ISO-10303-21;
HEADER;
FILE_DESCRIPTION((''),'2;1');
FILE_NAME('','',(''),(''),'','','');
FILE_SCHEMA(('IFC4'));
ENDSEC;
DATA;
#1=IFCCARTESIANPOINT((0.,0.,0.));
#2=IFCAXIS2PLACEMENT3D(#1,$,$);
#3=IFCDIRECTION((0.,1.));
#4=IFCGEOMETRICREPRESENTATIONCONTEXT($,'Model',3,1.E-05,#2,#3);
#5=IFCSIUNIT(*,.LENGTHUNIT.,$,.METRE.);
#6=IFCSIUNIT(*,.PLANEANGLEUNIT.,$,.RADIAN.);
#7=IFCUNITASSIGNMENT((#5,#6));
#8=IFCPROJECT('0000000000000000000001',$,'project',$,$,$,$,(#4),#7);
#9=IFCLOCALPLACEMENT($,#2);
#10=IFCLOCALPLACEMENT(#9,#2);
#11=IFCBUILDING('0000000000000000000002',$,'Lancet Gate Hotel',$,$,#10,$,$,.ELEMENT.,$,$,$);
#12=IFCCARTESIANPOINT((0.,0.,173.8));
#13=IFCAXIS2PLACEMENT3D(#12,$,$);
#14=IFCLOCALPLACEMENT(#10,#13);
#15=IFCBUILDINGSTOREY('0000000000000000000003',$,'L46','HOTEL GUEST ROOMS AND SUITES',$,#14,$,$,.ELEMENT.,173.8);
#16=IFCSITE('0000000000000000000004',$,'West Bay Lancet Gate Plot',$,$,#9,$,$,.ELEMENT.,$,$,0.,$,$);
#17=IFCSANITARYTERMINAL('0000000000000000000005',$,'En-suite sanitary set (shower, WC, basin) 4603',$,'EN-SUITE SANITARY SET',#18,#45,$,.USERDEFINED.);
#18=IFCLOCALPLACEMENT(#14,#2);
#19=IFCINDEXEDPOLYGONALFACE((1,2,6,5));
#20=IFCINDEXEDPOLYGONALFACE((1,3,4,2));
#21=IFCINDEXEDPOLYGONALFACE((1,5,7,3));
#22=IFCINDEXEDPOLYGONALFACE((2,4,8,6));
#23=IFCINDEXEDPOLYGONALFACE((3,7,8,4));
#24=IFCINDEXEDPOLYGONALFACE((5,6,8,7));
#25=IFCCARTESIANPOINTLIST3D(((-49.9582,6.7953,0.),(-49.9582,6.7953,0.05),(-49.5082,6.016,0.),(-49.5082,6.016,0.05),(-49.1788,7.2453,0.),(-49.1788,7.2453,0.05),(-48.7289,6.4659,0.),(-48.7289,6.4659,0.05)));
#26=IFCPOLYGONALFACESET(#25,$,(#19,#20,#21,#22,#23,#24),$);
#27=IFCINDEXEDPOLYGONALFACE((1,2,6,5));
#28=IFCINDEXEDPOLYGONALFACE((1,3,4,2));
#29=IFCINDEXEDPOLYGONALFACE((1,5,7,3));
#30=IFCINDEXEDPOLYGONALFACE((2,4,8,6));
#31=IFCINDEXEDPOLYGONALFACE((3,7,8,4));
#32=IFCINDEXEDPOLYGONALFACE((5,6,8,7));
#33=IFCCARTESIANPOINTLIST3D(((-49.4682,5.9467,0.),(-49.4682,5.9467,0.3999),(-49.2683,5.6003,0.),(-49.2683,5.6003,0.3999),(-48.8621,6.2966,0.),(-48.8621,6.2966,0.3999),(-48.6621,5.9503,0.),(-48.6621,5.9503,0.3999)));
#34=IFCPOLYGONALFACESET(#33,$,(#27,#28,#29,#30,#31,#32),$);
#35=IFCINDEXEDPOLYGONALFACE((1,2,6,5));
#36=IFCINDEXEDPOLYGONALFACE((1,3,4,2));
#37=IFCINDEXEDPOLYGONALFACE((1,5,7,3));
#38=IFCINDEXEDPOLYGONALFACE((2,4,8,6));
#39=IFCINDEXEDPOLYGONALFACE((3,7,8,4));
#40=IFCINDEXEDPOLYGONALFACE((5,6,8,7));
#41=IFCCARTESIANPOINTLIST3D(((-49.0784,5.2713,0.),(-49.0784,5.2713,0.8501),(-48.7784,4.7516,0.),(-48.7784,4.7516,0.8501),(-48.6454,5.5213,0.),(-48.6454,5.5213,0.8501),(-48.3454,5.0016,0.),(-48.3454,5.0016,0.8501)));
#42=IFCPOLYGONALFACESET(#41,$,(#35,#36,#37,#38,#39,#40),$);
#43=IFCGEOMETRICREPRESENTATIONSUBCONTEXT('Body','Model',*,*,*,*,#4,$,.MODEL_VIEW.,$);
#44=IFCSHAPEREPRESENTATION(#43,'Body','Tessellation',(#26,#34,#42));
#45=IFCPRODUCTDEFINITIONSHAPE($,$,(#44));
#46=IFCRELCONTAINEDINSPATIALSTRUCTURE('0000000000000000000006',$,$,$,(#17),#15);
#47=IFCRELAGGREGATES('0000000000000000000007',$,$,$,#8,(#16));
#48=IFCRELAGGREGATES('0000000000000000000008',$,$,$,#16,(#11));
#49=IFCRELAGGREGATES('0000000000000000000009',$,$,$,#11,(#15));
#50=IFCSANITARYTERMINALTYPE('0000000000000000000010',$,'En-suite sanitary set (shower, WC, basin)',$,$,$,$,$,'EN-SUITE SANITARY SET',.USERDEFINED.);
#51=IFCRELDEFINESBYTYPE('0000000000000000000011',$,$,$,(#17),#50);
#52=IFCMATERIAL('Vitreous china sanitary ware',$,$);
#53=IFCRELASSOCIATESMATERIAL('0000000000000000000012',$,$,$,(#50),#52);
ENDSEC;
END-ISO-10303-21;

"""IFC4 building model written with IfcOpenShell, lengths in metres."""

from ifc_helpers import new_model, si_unit, direction, frame, origin, origin_2d, place, context, subcontext, project, spatial, rectangle, extrude, material, type_object, element, save


model = new_model("IFC4")

# Units and contexts
model_context = context("Model", 3, precision=1e-05, world=origin(), true_north=direction((0.0, 1.0)))
body_context = subcontext(model_context, "Body", "Model", "MODEL_VIEW")
ifc_project = project(units=[si_unit("LENGTHUNIT", "METRE"), si_unit("PLANEANGLEUNIT", "RADIAN")], contexts=[model_context])

# Site, building, storey
site_placement = place(None, origin())
site = spatial("IfcSite", under=ifc_project, at=site_placement, Name="West Bay Lancet Gate Plot", CompositionType="ELEMENT", RefElevation=0.0)
building_placement = place(site_placement, origin())
building = spatial("IfcBuilding", under=site, at=building_placement, Name="Lancet Gate Hotel", CompositionType="ELEMENT")
storey_placement = place(building_placement, frame((0.0, 0.0, 173.8)))
storey = spatial("IfcBuildingStorey", under=building, at=storey_placement, Name="L46", Description="HOTEL GUEST ROOMS AND SUITES", CompositionType="ELEMENT", Elevation=173.8)

# Sanitary terminal
ifc_material_1 = material(Name="Vitreous china sanitary ware")
sanitary_terminal_type = type_object("IfcSanitaryTerminalType", Name="En-suite sanitary set (shower, WC, basin)", ElementType="EN-SUITE SANITARY SET", PredefinedType="USERDEFINED", material=ifc_material_1)
sanitary_terminal_1_placement = place(storey_placement, frame((-49.3435, 6.6306, 0.0), z_axis=(0.0, 0.0, 1.0), x_axis=(1.0, 0.0, 0.0)))
element("IfcSanitaryTerminal", 1, at=sanitary_terminal_1_placement, inside=storey, type_object=sanitary_terminal_type, Name="En-suite sanitary set (shower, WC, basin) 4603", ObjectType="EN-SUITE SANITARY SET", PredefinedType="USERDEFINED", context=body_context, shape_type="SweptSolid", body=[
    extrude(rectangle(XDim=0.8999, YDim=0.8999, at=origin_2d()), frame((0.0, 0.0, 0.0), z_axis=(0.0, 0.0, 1.0), x_axis=(-0.5, 0.866025, 0.0)), (0.0, 0.0, 1.0), 0.05),
    extrude(rectangle(XDim=0.3999, YDim=0.7, at=origin_2d()), frame((0.2783, -0.6821, 0.0), z_axis=(0.0, 0.0, 1.0), x_axis=(-0.5, 0.866025, 0.0)), (0.0, 0.0, 1.0), 0.3999),
    extrude(rectangle(XDim=0.6001, YDim=0.5, at=origin_2d()), frame((0.6316, -1.4941, 0.0), z_axis=(0.0, 0.0, 1.0), x_axis=(-0.5, 0.866025, 0.0)), (0.0, 0.0, 1.0), 0.8501),
])

save(model, "model.ifc")
